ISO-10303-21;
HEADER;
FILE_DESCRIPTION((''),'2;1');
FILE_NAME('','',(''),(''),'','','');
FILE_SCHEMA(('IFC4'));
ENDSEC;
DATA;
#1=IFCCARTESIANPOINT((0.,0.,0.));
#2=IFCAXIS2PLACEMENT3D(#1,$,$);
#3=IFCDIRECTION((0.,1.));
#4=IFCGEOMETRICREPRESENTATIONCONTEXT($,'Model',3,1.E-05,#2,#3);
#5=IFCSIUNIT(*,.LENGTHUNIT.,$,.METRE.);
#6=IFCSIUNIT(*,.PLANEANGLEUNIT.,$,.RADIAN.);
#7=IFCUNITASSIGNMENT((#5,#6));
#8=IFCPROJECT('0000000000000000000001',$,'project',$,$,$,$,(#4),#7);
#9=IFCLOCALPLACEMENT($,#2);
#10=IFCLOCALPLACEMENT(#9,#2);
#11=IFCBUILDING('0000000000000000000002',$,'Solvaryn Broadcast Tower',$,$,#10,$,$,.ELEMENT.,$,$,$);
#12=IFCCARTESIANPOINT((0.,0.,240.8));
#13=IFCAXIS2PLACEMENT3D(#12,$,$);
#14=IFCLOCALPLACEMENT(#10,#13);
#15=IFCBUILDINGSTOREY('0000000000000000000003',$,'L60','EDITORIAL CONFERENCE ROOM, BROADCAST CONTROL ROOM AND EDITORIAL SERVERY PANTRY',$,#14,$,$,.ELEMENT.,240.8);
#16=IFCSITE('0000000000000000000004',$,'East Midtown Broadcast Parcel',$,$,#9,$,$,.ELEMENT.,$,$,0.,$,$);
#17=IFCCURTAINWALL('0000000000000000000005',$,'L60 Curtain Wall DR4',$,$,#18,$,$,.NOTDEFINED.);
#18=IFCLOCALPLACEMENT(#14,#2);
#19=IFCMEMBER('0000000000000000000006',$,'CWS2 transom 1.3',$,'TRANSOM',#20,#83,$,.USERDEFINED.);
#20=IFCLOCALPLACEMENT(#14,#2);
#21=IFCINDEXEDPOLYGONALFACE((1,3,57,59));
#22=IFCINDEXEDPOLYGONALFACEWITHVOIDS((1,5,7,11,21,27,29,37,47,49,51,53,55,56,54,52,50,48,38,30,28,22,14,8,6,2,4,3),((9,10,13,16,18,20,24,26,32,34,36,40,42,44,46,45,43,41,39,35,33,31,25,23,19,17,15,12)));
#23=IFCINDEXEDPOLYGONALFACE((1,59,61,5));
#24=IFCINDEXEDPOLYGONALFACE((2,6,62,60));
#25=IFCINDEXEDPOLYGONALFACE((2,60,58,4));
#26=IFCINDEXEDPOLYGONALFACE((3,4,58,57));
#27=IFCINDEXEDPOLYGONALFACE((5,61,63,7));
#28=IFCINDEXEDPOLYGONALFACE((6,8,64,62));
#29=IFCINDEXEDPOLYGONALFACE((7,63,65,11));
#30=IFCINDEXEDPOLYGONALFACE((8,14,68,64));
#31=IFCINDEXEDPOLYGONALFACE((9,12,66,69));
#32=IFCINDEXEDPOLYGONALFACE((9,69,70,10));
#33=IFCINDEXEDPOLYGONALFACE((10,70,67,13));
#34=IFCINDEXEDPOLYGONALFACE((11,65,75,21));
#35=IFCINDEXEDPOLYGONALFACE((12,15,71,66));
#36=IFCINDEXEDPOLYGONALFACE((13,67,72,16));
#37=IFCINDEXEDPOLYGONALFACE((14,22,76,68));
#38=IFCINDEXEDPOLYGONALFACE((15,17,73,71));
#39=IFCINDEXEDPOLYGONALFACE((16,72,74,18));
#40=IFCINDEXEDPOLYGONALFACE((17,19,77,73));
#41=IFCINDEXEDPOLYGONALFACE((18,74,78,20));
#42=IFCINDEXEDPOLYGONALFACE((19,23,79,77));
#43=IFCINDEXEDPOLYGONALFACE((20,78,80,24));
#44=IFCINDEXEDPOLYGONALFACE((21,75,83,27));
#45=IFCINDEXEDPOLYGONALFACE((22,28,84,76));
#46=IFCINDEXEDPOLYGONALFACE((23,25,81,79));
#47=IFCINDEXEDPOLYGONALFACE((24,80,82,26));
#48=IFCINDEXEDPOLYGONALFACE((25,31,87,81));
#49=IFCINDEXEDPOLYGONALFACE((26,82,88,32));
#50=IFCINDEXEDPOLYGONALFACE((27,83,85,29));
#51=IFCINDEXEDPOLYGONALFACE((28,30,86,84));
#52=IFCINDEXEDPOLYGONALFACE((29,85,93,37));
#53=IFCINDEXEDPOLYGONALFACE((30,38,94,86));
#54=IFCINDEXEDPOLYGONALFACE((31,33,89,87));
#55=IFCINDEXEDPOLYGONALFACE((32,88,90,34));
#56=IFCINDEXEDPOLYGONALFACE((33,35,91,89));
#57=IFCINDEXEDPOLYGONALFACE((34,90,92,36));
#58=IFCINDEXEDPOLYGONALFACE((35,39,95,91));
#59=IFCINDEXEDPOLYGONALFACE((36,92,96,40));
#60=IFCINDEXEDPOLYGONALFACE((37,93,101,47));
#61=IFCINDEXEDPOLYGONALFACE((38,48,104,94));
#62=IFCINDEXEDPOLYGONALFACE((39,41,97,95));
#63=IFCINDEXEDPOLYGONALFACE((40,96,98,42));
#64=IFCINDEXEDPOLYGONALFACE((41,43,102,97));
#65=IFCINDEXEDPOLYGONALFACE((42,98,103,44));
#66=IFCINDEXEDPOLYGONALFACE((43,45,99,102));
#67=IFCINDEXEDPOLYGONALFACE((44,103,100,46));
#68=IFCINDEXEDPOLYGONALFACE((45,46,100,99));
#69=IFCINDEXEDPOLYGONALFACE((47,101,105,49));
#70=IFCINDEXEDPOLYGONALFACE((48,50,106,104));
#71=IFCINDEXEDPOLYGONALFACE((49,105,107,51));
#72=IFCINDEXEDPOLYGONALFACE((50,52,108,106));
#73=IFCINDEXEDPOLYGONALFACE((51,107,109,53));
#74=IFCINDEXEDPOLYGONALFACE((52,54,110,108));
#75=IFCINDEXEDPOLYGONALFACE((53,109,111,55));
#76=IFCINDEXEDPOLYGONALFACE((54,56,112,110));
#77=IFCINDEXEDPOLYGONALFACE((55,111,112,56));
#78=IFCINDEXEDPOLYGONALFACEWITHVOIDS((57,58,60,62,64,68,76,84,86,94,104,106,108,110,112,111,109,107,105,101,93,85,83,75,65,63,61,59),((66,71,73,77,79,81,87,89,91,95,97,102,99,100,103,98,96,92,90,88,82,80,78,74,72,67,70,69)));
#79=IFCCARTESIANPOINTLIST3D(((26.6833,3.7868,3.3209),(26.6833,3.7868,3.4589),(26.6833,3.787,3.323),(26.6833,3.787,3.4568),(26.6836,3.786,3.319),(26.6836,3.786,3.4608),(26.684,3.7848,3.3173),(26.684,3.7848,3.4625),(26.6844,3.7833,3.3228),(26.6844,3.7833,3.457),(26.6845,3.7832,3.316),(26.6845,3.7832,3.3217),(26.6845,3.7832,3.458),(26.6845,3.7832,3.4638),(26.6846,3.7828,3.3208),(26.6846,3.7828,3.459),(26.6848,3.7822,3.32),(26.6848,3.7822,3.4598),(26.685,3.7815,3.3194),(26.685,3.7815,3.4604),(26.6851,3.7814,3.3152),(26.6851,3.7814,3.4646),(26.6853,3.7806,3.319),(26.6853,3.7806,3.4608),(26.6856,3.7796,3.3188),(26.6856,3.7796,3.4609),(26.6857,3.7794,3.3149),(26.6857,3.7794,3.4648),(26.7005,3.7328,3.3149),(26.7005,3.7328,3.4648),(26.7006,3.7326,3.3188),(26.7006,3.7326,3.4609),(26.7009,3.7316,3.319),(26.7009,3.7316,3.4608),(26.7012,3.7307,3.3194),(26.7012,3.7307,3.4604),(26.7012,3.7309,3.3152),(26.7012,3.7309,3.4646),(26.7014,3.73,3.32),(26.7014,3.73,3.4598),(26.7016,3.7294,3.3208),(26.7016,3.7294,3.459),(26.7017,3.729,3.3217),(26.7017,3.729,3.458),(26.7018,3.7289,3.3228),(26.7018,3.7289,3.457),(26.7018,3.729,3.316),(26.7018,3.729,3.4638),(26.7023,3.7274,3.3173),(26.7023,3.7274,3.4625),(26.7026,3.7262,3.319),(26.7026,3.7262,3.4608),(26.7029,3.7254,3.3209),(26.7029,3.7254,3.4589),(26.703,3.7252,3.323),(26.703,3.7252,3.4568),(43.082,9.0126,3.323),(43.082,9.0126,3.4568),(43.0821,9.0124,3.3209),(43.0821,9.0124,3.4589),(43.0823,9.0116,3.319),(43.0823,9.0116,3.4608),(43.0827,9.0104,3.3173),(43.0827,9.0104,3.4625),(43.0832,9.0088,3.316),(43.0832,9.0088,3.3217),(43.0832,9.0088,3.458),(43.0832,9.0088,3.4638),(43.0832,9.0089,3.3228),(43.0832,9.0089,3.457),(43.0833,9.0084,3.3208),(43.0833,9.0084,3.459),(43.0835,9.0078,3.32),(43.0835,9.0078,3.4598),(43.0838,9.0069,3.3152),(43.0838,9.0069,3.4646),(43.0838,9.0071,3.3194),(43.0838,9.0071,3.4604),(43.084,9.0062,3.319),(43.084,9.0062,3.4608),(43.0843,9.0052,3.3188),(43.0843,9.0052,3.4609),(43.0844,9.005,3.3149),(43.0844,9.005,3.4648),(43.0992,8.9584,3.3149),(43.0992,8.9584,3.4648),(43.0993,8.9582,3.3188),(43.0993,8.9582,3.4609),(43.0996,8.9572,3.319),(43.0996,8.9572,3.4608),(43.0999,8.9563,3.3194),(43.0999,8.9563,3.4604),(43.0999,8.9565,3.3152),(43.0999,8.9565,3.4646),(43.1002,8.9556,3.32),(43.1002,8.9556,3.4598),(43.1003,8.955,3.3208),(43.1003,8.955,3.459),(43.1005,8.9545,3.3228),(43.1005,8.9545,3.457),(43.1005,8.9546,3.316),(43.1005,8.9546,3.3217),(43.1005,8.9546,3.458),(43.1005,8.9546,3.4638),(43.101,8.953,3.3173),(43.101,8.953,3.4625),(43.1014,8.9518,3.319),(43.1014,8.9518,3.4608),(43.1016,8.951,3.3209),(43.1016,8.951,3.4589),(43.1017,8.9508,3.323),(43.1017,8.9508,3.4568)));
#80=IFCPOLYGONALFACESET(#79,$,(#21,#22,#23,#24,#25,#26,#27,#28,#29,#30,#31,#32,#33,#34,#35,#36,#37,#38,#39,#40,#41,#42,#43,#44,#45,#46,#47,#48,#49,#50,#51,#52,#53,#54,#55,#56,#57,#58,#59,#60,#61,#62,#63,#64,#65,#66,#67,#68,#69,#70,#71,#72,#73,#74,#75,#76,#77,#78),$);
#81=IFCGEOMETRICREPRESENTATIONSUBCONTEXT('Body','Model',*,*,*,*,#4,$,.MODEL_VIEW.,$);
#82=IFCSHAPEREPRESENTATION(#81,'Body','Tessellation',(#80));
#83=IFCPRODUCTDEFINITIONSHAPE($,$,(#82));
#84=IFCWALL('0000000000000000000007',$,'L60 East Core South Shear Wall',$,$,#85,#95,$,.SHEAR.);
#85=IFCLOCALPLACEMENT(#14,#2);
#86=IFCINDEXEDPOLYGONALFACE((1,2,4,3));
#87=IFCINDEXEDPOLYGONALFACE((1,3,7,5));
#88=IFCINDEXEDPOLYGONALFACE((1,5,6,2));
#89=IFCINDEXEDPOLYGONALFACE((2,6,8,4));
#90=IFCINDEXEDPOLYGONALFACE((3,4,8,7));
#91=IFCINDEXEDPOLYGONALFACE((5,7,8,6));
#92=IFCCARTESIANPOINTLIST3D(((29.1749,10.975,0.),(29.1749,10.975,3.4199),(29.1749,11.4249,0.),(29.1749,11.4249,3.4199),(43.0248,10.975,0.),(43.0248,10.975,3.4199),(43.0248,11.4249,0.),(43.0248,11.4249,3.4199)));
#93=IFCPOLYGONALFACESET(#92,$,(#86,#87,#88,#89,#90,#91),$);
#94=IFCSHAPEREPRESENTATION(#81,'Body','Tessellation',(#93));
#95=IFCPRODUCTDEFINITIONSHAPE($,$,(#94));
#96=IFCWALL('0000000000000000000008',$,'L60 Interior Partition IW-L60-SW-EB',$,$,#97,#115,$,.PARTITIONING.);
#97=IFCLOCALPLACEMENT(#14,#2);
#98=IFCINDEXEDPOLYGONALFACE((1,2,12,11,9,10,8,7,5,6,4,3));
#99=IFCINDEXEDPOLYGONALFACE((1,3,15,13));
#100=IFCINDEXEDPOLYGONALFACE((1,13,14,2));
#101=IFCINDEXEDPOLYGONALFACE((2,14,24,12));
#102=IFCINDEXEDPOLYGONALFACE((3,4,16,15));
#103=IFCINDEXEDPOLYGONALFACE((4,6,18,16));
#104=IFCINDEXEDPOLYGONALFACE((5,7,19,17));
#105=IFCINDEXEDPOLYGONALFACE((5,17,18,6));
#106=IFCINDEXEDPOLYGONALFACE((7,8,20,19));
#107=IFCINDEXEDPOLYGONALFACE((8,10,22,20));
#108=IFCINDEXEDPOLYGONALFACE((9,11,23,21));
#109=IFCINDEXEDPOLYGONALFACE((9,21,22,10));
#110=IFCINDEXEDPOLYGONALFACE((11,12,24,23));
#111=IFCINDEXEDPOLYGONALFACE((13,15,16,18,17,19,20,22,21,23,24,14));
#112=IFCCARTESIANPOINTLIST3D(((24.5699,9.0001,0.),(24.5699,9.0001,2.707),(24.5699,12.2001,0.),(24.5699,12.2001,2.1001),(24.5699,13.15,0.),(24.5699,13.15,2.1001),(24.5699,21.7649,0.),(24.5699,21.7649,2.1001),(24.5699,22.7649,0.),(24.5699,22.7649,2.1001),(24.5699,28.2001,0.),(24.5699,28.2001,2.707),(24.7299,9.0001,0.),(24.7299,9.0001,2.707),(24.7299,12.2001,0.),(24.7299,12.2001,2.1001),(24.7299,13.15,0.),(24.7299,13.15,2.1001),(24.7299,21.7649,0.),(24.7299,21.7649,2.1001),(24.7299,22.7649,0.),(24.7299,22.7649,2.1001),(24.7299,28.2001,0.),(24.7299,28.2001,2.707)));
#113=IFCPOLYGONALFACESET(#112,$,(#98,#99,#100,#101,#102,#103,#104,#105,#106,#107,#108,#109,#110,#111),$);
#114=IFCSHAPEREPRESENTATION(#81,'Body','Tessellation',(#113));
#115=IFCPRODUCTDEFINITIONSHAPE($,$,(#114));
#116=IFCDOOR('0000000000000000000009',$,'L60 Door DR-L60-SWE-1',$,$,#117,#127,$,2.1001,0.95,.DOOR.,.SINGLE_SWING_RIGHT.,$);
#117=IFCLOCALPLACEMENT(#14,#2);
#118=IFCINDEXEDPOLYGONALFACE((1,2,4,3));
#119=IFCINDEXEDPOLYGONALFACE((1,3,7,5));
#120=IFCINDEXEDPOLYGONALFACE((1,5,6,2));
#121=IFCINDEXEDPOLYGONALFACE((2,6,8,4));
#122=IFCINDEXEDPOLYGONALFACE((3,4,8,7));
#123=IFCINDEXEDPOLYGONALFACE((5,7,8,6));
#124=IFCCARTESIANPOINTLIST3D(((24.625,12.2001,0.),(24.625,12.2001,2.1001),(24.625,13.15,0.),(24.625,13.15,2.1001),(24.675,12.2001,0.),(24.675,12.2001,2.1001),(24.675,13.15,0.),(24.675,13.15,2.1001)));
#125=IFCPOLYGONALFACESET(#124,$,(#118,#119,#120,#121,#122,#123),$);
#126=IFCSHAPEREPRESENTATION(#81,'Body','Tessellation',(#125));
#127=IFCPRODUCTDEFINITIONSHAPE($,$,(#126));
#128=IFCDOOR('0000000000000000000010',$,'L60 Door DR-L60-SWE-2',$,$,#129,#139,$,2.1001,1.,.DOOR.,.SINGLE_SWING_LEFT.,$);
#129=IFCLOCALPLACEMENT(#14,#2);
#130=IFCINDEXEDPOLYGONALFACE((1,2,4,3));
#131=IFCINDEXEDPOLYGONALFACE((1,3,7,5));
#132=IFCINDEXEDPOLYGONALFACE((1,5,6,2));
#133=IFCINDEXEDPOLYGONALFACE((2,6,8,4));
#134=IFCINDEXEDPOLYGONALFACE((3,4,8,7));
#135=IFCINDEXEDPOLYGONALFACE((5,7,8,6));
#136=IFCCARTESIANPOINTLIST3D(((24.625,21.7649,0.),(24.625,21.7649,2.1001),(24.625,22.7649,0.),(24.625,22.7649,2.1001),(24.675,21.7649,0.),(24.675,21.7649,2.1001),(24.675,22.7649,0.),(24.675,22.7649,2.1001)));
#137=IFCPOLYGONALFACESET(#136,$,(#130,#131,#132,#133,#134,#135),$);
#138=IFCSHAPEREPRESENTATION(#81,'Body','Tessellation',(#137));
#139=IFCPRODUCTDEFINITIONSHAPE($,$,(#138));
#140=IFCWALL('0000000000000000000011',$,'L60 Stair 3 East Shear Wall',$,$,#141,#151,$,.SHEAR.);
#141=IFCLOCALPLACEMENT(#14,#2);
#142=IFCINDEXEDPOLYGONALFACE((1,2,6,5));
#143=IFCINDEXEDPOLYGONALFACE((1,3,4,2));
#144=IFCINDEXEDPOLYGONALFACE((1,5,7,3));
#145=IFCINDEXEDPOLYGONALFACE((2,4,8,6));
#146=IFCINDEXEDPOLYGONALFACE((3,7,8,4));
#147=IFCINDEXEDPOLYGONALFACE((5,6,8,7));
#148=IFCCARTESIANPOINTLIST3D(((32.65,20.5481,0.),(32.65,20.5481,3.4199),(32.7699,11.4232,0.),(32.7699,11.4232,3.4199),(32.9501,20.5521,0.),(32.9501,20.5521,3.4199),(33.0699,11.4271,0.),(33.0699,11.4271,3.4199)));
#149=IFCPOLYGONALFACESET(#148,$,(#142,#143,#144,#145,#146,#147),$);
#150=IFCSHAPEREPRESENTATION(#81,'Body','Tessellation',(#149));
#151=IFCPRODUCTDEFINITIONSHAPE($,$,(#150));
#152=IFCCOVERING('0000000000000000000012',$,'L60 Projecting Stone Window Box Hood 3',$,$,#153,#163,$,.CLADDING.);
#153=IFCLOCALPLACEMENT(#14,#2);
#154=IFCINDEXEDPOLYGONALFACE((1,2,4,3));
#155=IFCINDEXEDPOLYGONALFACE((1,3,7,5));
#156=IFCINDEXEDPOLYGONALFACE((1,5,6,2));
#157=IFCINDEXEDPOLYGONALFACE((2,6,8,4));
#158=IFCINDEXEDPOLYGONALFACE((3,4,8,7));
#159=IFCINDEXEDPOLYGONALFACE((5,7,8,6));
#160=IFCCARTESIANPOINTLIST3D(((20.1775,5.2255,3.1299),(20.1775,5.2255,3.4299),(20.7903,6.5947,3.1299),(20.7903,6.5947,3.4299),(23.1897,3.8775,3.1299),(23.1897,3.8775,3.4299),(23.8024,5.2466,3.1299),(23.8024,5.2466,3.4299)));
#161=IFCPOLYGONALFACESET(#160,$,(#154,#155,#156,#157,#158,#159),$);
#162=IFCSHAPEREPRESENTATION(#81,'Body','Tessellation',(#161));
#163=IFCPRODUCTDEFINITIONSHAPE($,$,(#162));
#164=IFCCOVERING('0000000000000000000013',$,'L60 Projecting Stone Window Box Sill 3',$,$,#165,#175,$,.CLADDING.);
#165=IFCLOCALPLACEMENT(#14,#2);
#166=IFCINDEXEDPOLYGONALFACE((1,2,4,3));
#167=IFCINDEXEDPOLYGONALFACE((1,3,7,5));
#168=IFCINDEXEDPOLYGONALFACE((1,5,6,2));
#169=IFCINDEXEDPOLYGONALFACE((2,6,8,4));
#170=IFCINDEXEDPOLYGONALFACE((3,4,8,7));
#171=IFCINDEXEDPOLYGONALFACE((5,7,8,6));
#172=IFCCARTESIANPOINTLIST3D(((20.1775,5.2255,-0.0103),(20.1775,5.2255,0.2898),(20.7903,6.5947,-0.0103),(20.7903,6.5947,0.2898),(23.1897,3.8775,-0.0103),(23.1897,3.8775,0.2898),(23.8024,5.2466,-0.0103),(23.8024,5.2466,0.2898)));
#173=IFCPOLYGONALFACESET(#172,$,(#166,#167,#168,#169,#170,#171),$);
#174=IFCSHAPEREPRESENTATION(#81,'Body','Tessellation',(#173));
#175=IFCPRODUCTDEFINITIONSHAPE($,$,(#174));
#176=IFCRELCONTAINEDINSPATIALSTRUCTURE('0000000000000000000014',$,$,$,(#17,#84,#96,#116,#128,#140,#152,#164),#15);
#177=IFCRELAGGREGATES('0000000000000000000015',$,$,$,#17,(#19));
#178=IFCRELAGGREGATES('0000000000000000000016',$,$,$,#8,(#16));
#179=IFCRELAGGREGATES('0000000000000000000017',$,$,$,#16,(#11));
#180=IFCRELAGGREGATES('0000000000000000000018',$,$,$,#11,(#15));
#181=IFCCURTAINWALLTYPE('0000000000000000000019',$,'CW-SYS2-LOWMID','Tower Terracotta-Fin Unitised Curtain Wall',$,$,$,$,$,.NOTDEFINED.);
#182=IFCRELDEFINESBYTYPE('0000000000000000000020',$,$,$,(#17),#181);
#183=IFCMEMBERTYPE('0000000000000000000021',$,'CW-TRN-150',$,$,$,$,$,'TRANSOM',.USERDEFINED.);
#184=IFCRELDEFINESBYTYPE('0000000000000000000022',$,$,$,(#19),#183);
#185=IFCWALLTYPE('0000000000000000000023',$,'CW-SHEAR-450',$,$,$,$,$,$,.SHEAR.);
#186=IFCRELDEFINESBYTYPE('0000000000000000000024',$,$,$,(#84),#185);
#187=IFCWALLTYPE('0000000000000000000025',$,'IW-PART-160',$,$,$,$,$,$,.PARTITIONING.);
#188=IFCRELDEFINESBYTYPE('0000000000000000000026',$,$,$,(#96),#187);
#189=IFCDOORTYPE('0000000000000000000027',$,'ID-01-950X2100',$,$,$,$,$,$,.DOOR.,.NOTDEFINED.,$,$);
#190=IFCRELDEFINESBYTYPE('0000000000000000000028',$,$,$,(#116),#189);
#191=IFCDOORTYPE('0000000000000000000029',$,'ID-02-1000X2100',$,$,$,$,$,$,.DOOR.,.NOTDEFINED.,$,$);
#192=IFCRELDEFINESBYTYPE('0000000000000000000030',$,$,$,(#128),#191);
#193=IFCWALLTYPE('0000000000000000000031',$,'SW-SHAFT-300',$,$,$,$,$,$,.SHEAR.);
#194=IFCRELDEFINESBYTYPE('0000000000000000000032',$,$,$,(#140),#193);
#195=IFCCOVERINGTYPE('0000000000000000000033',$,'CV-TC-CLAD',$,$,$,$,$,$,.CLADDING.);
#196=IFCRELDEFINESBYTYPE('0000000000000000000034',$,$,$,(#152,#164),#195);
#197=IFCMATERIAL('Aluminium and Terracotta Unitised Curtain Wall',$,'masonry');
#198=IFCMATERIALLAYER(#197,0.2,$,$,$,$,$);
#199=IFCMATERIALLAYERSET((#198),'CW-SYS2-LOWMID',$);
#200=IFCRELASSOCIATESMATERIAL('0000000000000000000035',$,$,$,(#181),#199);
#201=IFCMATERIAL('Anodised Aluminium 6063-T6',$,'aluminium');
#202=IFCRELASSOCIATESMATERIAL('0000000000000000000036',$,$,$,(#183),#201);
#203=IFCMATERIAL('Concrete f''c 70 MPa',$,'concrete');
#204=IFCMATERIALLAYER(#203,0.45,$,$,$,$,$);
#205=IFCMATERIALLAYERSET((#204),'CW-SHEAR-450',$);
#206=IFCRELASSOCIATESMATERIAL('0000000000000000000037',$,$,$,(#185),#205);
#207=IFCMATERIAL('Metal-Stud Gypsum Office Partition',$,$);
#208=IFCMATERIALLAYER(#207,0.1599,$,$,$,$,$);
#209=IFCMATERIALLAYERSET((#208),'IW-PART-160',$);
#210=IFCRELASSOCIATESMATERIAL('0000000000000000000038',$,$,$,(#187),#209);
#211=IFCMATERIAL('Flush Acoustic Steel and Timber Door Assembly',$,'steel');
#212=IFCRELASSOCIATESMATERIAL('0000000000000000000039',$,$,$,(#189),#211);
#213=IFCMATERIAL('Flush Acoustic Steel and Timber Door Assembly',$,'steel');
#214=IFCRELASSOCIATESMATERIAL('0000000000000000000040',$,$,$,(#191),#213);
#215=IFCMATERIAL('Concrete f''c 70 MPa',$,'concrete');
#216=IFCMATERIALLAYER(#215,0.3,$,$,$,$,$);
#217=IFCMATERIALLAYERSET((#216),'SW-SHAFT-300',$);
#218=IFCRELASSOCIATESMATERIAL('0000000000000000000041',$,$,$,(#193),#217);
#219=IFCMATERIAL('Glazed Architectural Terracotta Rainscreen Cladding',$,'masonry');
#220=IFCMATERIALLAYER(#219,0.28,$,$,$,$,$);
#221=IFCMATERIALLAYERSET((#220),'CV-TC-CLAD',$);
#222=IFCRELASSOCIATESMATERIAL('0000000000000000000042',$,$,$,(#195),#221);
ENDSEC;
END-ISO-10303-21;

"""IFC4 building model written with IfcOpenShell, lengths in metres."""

from ifc_helpers import new_model, si_unit, direction, frame, frame_2d, origin, origin_2d, place, context, subcontext, project, spatial, rectangle, hollow_rectangle, extrude, material, layer, layer_set, material_profile, profile_set, type_object, element, fill, aggregate, save


model = new_model("IFC4")

# Units and contexts
model_context = context("Model", 3, precision=1e-05, world=origin(), true_north=direction((0.0, 1.0)))
body_context = subcontext(model_context, "Body", "Model", "MODEL_VIEW")
ifc_project = project(units=[si_unit("LENGTHUNIT", "METRE"), si_unit("PLANEANGLEUNIT", "RADIAN")], contexts=[model_context])

# Site, building, storey
site_placement = place(None, origin())
site = spatial("IfcSite", under=ifc_project, at=site_placement, Name="East Midtown Broadcast Parcel", CompositionType="ELEMENT", RefElevation=0.0)
building_placement = place(site_placement, origin())
building = spatial("IfcBuilding", under=site, at=building_placement, Name="Solvaryn Broadcast Tower", CompositionType="ELEMENT")
storey_placement = place(building_placement, frame((0.0, 0.0, 240.8)))
storey = spatial("IfcBuildingStorey", under=building, at=storey_placement, Name="L60", Description="EDITORIAL CONFERENCE ROOM, BROADCAST CONTROL ROOM AND EDITORIAL SERVERY PANTRY", CompositionType="ELEMENT", Elevation=240.8)

# Shared definitions
ifc_material_1 = material(Name="Aluminium and Terracotta Unitised Curtain Wall", Category="masonry")
ifc_layer_1 = layer(ifc_material_1, 0.2)
ifc_layer_set_1 = layer_set([ifc_layer_1], Name="CW-SYS2-LOWMID")
curtain_wall_type = type_object("IfcCurtainWallType", Name="CW-SYS2-LOWMID", Description="Tower Terracotta-Fin Unitised Curtain Wall", PredefinedType="NOTDEFINED", material=ifc_layer_set_1)

# Curtain wall, member
curtain_wall_1_placement = place(storey_placement, origin())
curtain_wall_1 = element("IfcCurtainWall", 1, at=curtain_wall_1_placement, inside=storey, type_object=curtain_wall_type, Name="L60 Curtain Wall DR4", PredefinedType="NOTDEFINED")
ifc_material_2 = material(Name="Anodised Aluminium 6063-T6", Category="aluminium")
ifc_material_profile_1 = material_profile(ifc_material_2, hollow_rectangle(XDim=0.0649, YDim=0.1499, WallThickness=0.0039, InnerFilletRadius=0.0039, OuterFilletRadius=0.0081, at=origin_2d()))
ifc_profile_set_1 = profile_set([ifc_material_profile_1], Name="Anodised Aluminium 6063-T6")
member_type_1 = type_object("IfcMemberType", Name="CW-TRN-150", ElementType="TRANSOM", PredefinedType="USERDEFINED", material=ifc_profile_set_1)
member_1_placement = place(storey_placement, frame((26.6931, 3.7561, 3.3899), z_axis=(0.952794, 0.303616, 0.0), x_axis=(-0.303616, 0.952794, 0.0)))
member_1 = element("IfcMember", 2, at=member_1_placement, type_object=member_type_1, Name="CWS2 transom 1.3", ObjectType="TRANSOM", PredefinedType="USERDEFINED", context=body_context, shape_type="SweptSolid", body=[
    extrude(hollow_rectangle(XDim=0.0649, YDim=0.1499, WallThickness=0.0039, InnerFilletRadius=0.0039, OuterFilletRadius=0.0081, at=origin_2d()), origin(), (0.0, 0.0, 1.0), 17.2112),
])
aggregate(curtain_wall_1, [member_1])

# Wall
ifc_material_3 = material(Name="Concrete f'c 70 MPa", Category="concrete")
ifc_layer_2 = layer(ifc_material_3, 0.45)
ifc_layer_set_2 = layer_set([ifc_layer_2], Name="CW-SHEAR-450")
wall_type_1 = type_object("IfcWallType", Name="CW-SHEAR-450", PredefinedType="SHEAR", material=ifc_layer_set_2)
wall_1_placement = place(storey_placement, frame((29.175, 11.2, 0.0), z_axis=(0.0, 0.0, 1.0), x_axis=(1.0, 0.0, 0.0)))
element("IfcWall", 3, at=wall_1_placement, inside=storey, type_object=wall_type_1, Name="L60 East Core South Shear Wall", PredefinedType="SHEAR", context=body_context, shape_type="SweptSolid", body=[
    extrude(rectangle(XDim=13.8499, YDim=0.45, at=frame_2d((6.9248, 0.0))), origin(), (0.0, 0.0, 1.0), 3.4199),
])

# Wall, openings, doors
ifc_material_4 = material(Name="Metal-Stud Gypsum Office Partition")
ifc_layer_3 = layer(ifc_material_4, 0.1599)
ifc_layer_set_3 = layer_set([ifc_layer_3], Name="IW-PART-160")
wall_type_2 = type_object("IfcWallType", Name="IW-PART-160", PredefinedType="PARTITIONING", material=ifc_layer_set_3)
wall_2_placement = place(storey_placement, frame((24.6499, 9.0, 0.0), z_axis=(0.0, 0.0, 1.0), x_axis=(0.0, 1.0, 0.0)))
wall_2 = element("IfcWall", 4, at=wall_2_placement, inside=storey, type_object=wall_type_2, Name="L60 Interior Partition IW-L60-SW-EB", PredefinedType="PARTITIONING", context=body_context, shape_type="SweptSolid", body=[
    extrude(rectangle(XDim=19.2, YDim=0.1599, at=frame_2d((9.6001, 0.0))), origin(), (0.0, 0.0, 1.0), 2.707),
])
opening_1_placement = place(wall_2_placement, frame((3.2, 0.0, 0.0)))
opening_1 = element("IfcOpeningElement", 5, at=opening_1_placement, cuts=wall_2, PredefinedType="OPENING", context=body_context, shape_type="SweptSolid", body=[
    extrude(rectangle(XDim=0.95, YDim=2.1001, at=frame_2d((0.4751, 1.05))), frame((0.0, 0.0901, 0.0), z_axis=(0.0, -1.0, 0.0), x_axis=(1.0, 0.0, 0.0)), (0.0, 0.0, 1.0), 0.1799),
])
opening_2_placement = place(wall_2_placement, frame((12.7649, 0.0, 0.0)))
opening_2 = element("IfcOpeningElement", 6, at=opening_2_placement, cuts=wall_2, PredefinedType="OPENING", context=body_context, shape_type="SweptSolid", body=[
    extrude(rectangle(XDim=1.0, YDim=2.1001, at=frame_2d((0.5, 1.05))), frame((0.0, 0.0901, 0.0), z_axis=(0.0, -1.0, 0.0), x_axis=(1.0, 0.0, 0.0)), (0.0, 0.0, 1.0), 0.1799),
])
ifc_material_5 = material(Name="Flush Acoustic Steel and Timber Door Assembly", Category="steel")
door_type_1 = type_object("IfcDoorType", Name="ID-01-950X2100", OperationType="NOTDEFINED", PredefinedType="DOOR", material=ifc_material_5)
door_1_placement = place(opening_1_placement, origin())
door_1 = element("IfcDoor", 7, at=door_1_placement, inside=storey, type_object=door_type_1, Name="L60 Door DR-L60-SWE-1", OperationType="SINGLE_SWING_RIGHT", OverallHeight=2.1001, OverallWidth=0.95, PredefinedType="DOOR", context=body_context, shape_type="SweptSolid", body=[
    extrude(rectangle(XDim=0.95, YDim=2.1001, at=frame_2d((0.4751, 1.05))), frame((0.0, 0.0249, 0.0), z_axis=(0.0, -1.0, 0.0), x_axis=(1.0, 0.0, 0.0)), (0.0, 0.0, 1.0), 0.05),
])
fill(opening_1, door_1)
ifc_material_6 = material(Name="Flush Acoustic Steel and Timber Door Assembly", Category="steel")
door_type_2 = type_object("IfcDoorType", Name="ID-02-1000X2100", OperationType="NOTDEFINED", PredefinedType="DOOR", material=ifc_material_6)
door_2_placement = place(opening_2_placement, origin())
door_2 = element("IfcDoor", 8, at=door_2_placement, inside=storey, type_object=door_type_2, Name="L60 Door DR-L60-SWE-2", OperationType="SINGLE_SWING_LEFT", OverallHeight=2.1001, OverallWidth=1.0, PredefinedType="DOOR", context=body_context, shape_type="SweptSolid", body=[
    extrude(rectangle(XDim=1.0, YDim=2.1001, at=frame_2d((0.5, 1.05))), frame((0.0, 0.0249, 0.0), z_axis=(0.0, -1.0, 0.0), x_axis=(1.0, 0.0, 0.0)), (0.0, 0.0, 1.0), 0.05),
])
fill(opening_2, door_2)

# Wall
ifc_material_7 = material(Name="Concrete f'c 70 MPa", Category="concrete")
ifc_layer_4 = layer(ifc_material_7, 0.3)
ifc_layer_set_4 = layer_set([ifc_layer_4], Name="SW-SHAFT-300")
wall_type_3 = type_object("IfcWallType", Name="SW-SHAFT-300", PredefinedType="SHEAR", material=ifc_layer_set_4)
wall_3_placement = place(storey_placement, frame((32.9199, 11.425, 0.0), z_axis=(0.0, 0.0, 1.0), x_axis=(-0.013136, 0.999914, 0.0)))
element("IfcWall", 9, at=wall_3_placement, inside=storey, type_object=wall_type_3, Name="L60 Stair 3 East Shear Wall", PredefinedType="SHEAR", context=body_context, shape_type="SweptSolid", body=[
    extrude(rectangle(XDim=9.1257, YDim=0.3, at=frame_2d((4.563, 0.0))), origin(), (0.0, 0.0, 1.0), 3.4199),
])

# Coverings
ifc_material_8 = material(Name="Glazed Architectural Terracotta Rainscreen Cladding", Category="masonry")
ifc_layer_5 = layer(ifc_material_8, 0.28)
ifc_layer_set_5 = layer_set([ifc_layer_5], Name="CV-TC-CLAD")
covering_type_1 = type_object("IfcCoveringType", Name="CV-TC-CLAD", PredefinedType="CLADDING", material=ifc_layer_set_5)
for number, where, z_axis, x_axis, name in (
    (10, (21.99, 5.2361, 3.1299), (0.0, 0.0, 1.0), (0.912763, -0.40849, 0.0), "L60 Projecting Stone Window Box Hood 3"),
    (11, (21.99, 5.2361, -0.0103), (0.0, 0.0, 1.0), (0.912763, -0.40849, 0.0), "L60 Projecting Stone Window Box Sill 3"),
):
    element("IfcCovering", number, at=place(storey_placement, frame(where, z_axis=z_axis, x_axis=x_axis)), inside=storey, type_object=covering_type_1, Name=name, PredefinedType="CLADDING", context=body_context, shape_type="SweptSolid", body=[
        extrude(rectangle(XDim=3.3, YDim=1.5, at=origin_2d()), origin(), (0.0, 0.0, 1.0), 0.3),
    ])

save(model, "model.ifc")
